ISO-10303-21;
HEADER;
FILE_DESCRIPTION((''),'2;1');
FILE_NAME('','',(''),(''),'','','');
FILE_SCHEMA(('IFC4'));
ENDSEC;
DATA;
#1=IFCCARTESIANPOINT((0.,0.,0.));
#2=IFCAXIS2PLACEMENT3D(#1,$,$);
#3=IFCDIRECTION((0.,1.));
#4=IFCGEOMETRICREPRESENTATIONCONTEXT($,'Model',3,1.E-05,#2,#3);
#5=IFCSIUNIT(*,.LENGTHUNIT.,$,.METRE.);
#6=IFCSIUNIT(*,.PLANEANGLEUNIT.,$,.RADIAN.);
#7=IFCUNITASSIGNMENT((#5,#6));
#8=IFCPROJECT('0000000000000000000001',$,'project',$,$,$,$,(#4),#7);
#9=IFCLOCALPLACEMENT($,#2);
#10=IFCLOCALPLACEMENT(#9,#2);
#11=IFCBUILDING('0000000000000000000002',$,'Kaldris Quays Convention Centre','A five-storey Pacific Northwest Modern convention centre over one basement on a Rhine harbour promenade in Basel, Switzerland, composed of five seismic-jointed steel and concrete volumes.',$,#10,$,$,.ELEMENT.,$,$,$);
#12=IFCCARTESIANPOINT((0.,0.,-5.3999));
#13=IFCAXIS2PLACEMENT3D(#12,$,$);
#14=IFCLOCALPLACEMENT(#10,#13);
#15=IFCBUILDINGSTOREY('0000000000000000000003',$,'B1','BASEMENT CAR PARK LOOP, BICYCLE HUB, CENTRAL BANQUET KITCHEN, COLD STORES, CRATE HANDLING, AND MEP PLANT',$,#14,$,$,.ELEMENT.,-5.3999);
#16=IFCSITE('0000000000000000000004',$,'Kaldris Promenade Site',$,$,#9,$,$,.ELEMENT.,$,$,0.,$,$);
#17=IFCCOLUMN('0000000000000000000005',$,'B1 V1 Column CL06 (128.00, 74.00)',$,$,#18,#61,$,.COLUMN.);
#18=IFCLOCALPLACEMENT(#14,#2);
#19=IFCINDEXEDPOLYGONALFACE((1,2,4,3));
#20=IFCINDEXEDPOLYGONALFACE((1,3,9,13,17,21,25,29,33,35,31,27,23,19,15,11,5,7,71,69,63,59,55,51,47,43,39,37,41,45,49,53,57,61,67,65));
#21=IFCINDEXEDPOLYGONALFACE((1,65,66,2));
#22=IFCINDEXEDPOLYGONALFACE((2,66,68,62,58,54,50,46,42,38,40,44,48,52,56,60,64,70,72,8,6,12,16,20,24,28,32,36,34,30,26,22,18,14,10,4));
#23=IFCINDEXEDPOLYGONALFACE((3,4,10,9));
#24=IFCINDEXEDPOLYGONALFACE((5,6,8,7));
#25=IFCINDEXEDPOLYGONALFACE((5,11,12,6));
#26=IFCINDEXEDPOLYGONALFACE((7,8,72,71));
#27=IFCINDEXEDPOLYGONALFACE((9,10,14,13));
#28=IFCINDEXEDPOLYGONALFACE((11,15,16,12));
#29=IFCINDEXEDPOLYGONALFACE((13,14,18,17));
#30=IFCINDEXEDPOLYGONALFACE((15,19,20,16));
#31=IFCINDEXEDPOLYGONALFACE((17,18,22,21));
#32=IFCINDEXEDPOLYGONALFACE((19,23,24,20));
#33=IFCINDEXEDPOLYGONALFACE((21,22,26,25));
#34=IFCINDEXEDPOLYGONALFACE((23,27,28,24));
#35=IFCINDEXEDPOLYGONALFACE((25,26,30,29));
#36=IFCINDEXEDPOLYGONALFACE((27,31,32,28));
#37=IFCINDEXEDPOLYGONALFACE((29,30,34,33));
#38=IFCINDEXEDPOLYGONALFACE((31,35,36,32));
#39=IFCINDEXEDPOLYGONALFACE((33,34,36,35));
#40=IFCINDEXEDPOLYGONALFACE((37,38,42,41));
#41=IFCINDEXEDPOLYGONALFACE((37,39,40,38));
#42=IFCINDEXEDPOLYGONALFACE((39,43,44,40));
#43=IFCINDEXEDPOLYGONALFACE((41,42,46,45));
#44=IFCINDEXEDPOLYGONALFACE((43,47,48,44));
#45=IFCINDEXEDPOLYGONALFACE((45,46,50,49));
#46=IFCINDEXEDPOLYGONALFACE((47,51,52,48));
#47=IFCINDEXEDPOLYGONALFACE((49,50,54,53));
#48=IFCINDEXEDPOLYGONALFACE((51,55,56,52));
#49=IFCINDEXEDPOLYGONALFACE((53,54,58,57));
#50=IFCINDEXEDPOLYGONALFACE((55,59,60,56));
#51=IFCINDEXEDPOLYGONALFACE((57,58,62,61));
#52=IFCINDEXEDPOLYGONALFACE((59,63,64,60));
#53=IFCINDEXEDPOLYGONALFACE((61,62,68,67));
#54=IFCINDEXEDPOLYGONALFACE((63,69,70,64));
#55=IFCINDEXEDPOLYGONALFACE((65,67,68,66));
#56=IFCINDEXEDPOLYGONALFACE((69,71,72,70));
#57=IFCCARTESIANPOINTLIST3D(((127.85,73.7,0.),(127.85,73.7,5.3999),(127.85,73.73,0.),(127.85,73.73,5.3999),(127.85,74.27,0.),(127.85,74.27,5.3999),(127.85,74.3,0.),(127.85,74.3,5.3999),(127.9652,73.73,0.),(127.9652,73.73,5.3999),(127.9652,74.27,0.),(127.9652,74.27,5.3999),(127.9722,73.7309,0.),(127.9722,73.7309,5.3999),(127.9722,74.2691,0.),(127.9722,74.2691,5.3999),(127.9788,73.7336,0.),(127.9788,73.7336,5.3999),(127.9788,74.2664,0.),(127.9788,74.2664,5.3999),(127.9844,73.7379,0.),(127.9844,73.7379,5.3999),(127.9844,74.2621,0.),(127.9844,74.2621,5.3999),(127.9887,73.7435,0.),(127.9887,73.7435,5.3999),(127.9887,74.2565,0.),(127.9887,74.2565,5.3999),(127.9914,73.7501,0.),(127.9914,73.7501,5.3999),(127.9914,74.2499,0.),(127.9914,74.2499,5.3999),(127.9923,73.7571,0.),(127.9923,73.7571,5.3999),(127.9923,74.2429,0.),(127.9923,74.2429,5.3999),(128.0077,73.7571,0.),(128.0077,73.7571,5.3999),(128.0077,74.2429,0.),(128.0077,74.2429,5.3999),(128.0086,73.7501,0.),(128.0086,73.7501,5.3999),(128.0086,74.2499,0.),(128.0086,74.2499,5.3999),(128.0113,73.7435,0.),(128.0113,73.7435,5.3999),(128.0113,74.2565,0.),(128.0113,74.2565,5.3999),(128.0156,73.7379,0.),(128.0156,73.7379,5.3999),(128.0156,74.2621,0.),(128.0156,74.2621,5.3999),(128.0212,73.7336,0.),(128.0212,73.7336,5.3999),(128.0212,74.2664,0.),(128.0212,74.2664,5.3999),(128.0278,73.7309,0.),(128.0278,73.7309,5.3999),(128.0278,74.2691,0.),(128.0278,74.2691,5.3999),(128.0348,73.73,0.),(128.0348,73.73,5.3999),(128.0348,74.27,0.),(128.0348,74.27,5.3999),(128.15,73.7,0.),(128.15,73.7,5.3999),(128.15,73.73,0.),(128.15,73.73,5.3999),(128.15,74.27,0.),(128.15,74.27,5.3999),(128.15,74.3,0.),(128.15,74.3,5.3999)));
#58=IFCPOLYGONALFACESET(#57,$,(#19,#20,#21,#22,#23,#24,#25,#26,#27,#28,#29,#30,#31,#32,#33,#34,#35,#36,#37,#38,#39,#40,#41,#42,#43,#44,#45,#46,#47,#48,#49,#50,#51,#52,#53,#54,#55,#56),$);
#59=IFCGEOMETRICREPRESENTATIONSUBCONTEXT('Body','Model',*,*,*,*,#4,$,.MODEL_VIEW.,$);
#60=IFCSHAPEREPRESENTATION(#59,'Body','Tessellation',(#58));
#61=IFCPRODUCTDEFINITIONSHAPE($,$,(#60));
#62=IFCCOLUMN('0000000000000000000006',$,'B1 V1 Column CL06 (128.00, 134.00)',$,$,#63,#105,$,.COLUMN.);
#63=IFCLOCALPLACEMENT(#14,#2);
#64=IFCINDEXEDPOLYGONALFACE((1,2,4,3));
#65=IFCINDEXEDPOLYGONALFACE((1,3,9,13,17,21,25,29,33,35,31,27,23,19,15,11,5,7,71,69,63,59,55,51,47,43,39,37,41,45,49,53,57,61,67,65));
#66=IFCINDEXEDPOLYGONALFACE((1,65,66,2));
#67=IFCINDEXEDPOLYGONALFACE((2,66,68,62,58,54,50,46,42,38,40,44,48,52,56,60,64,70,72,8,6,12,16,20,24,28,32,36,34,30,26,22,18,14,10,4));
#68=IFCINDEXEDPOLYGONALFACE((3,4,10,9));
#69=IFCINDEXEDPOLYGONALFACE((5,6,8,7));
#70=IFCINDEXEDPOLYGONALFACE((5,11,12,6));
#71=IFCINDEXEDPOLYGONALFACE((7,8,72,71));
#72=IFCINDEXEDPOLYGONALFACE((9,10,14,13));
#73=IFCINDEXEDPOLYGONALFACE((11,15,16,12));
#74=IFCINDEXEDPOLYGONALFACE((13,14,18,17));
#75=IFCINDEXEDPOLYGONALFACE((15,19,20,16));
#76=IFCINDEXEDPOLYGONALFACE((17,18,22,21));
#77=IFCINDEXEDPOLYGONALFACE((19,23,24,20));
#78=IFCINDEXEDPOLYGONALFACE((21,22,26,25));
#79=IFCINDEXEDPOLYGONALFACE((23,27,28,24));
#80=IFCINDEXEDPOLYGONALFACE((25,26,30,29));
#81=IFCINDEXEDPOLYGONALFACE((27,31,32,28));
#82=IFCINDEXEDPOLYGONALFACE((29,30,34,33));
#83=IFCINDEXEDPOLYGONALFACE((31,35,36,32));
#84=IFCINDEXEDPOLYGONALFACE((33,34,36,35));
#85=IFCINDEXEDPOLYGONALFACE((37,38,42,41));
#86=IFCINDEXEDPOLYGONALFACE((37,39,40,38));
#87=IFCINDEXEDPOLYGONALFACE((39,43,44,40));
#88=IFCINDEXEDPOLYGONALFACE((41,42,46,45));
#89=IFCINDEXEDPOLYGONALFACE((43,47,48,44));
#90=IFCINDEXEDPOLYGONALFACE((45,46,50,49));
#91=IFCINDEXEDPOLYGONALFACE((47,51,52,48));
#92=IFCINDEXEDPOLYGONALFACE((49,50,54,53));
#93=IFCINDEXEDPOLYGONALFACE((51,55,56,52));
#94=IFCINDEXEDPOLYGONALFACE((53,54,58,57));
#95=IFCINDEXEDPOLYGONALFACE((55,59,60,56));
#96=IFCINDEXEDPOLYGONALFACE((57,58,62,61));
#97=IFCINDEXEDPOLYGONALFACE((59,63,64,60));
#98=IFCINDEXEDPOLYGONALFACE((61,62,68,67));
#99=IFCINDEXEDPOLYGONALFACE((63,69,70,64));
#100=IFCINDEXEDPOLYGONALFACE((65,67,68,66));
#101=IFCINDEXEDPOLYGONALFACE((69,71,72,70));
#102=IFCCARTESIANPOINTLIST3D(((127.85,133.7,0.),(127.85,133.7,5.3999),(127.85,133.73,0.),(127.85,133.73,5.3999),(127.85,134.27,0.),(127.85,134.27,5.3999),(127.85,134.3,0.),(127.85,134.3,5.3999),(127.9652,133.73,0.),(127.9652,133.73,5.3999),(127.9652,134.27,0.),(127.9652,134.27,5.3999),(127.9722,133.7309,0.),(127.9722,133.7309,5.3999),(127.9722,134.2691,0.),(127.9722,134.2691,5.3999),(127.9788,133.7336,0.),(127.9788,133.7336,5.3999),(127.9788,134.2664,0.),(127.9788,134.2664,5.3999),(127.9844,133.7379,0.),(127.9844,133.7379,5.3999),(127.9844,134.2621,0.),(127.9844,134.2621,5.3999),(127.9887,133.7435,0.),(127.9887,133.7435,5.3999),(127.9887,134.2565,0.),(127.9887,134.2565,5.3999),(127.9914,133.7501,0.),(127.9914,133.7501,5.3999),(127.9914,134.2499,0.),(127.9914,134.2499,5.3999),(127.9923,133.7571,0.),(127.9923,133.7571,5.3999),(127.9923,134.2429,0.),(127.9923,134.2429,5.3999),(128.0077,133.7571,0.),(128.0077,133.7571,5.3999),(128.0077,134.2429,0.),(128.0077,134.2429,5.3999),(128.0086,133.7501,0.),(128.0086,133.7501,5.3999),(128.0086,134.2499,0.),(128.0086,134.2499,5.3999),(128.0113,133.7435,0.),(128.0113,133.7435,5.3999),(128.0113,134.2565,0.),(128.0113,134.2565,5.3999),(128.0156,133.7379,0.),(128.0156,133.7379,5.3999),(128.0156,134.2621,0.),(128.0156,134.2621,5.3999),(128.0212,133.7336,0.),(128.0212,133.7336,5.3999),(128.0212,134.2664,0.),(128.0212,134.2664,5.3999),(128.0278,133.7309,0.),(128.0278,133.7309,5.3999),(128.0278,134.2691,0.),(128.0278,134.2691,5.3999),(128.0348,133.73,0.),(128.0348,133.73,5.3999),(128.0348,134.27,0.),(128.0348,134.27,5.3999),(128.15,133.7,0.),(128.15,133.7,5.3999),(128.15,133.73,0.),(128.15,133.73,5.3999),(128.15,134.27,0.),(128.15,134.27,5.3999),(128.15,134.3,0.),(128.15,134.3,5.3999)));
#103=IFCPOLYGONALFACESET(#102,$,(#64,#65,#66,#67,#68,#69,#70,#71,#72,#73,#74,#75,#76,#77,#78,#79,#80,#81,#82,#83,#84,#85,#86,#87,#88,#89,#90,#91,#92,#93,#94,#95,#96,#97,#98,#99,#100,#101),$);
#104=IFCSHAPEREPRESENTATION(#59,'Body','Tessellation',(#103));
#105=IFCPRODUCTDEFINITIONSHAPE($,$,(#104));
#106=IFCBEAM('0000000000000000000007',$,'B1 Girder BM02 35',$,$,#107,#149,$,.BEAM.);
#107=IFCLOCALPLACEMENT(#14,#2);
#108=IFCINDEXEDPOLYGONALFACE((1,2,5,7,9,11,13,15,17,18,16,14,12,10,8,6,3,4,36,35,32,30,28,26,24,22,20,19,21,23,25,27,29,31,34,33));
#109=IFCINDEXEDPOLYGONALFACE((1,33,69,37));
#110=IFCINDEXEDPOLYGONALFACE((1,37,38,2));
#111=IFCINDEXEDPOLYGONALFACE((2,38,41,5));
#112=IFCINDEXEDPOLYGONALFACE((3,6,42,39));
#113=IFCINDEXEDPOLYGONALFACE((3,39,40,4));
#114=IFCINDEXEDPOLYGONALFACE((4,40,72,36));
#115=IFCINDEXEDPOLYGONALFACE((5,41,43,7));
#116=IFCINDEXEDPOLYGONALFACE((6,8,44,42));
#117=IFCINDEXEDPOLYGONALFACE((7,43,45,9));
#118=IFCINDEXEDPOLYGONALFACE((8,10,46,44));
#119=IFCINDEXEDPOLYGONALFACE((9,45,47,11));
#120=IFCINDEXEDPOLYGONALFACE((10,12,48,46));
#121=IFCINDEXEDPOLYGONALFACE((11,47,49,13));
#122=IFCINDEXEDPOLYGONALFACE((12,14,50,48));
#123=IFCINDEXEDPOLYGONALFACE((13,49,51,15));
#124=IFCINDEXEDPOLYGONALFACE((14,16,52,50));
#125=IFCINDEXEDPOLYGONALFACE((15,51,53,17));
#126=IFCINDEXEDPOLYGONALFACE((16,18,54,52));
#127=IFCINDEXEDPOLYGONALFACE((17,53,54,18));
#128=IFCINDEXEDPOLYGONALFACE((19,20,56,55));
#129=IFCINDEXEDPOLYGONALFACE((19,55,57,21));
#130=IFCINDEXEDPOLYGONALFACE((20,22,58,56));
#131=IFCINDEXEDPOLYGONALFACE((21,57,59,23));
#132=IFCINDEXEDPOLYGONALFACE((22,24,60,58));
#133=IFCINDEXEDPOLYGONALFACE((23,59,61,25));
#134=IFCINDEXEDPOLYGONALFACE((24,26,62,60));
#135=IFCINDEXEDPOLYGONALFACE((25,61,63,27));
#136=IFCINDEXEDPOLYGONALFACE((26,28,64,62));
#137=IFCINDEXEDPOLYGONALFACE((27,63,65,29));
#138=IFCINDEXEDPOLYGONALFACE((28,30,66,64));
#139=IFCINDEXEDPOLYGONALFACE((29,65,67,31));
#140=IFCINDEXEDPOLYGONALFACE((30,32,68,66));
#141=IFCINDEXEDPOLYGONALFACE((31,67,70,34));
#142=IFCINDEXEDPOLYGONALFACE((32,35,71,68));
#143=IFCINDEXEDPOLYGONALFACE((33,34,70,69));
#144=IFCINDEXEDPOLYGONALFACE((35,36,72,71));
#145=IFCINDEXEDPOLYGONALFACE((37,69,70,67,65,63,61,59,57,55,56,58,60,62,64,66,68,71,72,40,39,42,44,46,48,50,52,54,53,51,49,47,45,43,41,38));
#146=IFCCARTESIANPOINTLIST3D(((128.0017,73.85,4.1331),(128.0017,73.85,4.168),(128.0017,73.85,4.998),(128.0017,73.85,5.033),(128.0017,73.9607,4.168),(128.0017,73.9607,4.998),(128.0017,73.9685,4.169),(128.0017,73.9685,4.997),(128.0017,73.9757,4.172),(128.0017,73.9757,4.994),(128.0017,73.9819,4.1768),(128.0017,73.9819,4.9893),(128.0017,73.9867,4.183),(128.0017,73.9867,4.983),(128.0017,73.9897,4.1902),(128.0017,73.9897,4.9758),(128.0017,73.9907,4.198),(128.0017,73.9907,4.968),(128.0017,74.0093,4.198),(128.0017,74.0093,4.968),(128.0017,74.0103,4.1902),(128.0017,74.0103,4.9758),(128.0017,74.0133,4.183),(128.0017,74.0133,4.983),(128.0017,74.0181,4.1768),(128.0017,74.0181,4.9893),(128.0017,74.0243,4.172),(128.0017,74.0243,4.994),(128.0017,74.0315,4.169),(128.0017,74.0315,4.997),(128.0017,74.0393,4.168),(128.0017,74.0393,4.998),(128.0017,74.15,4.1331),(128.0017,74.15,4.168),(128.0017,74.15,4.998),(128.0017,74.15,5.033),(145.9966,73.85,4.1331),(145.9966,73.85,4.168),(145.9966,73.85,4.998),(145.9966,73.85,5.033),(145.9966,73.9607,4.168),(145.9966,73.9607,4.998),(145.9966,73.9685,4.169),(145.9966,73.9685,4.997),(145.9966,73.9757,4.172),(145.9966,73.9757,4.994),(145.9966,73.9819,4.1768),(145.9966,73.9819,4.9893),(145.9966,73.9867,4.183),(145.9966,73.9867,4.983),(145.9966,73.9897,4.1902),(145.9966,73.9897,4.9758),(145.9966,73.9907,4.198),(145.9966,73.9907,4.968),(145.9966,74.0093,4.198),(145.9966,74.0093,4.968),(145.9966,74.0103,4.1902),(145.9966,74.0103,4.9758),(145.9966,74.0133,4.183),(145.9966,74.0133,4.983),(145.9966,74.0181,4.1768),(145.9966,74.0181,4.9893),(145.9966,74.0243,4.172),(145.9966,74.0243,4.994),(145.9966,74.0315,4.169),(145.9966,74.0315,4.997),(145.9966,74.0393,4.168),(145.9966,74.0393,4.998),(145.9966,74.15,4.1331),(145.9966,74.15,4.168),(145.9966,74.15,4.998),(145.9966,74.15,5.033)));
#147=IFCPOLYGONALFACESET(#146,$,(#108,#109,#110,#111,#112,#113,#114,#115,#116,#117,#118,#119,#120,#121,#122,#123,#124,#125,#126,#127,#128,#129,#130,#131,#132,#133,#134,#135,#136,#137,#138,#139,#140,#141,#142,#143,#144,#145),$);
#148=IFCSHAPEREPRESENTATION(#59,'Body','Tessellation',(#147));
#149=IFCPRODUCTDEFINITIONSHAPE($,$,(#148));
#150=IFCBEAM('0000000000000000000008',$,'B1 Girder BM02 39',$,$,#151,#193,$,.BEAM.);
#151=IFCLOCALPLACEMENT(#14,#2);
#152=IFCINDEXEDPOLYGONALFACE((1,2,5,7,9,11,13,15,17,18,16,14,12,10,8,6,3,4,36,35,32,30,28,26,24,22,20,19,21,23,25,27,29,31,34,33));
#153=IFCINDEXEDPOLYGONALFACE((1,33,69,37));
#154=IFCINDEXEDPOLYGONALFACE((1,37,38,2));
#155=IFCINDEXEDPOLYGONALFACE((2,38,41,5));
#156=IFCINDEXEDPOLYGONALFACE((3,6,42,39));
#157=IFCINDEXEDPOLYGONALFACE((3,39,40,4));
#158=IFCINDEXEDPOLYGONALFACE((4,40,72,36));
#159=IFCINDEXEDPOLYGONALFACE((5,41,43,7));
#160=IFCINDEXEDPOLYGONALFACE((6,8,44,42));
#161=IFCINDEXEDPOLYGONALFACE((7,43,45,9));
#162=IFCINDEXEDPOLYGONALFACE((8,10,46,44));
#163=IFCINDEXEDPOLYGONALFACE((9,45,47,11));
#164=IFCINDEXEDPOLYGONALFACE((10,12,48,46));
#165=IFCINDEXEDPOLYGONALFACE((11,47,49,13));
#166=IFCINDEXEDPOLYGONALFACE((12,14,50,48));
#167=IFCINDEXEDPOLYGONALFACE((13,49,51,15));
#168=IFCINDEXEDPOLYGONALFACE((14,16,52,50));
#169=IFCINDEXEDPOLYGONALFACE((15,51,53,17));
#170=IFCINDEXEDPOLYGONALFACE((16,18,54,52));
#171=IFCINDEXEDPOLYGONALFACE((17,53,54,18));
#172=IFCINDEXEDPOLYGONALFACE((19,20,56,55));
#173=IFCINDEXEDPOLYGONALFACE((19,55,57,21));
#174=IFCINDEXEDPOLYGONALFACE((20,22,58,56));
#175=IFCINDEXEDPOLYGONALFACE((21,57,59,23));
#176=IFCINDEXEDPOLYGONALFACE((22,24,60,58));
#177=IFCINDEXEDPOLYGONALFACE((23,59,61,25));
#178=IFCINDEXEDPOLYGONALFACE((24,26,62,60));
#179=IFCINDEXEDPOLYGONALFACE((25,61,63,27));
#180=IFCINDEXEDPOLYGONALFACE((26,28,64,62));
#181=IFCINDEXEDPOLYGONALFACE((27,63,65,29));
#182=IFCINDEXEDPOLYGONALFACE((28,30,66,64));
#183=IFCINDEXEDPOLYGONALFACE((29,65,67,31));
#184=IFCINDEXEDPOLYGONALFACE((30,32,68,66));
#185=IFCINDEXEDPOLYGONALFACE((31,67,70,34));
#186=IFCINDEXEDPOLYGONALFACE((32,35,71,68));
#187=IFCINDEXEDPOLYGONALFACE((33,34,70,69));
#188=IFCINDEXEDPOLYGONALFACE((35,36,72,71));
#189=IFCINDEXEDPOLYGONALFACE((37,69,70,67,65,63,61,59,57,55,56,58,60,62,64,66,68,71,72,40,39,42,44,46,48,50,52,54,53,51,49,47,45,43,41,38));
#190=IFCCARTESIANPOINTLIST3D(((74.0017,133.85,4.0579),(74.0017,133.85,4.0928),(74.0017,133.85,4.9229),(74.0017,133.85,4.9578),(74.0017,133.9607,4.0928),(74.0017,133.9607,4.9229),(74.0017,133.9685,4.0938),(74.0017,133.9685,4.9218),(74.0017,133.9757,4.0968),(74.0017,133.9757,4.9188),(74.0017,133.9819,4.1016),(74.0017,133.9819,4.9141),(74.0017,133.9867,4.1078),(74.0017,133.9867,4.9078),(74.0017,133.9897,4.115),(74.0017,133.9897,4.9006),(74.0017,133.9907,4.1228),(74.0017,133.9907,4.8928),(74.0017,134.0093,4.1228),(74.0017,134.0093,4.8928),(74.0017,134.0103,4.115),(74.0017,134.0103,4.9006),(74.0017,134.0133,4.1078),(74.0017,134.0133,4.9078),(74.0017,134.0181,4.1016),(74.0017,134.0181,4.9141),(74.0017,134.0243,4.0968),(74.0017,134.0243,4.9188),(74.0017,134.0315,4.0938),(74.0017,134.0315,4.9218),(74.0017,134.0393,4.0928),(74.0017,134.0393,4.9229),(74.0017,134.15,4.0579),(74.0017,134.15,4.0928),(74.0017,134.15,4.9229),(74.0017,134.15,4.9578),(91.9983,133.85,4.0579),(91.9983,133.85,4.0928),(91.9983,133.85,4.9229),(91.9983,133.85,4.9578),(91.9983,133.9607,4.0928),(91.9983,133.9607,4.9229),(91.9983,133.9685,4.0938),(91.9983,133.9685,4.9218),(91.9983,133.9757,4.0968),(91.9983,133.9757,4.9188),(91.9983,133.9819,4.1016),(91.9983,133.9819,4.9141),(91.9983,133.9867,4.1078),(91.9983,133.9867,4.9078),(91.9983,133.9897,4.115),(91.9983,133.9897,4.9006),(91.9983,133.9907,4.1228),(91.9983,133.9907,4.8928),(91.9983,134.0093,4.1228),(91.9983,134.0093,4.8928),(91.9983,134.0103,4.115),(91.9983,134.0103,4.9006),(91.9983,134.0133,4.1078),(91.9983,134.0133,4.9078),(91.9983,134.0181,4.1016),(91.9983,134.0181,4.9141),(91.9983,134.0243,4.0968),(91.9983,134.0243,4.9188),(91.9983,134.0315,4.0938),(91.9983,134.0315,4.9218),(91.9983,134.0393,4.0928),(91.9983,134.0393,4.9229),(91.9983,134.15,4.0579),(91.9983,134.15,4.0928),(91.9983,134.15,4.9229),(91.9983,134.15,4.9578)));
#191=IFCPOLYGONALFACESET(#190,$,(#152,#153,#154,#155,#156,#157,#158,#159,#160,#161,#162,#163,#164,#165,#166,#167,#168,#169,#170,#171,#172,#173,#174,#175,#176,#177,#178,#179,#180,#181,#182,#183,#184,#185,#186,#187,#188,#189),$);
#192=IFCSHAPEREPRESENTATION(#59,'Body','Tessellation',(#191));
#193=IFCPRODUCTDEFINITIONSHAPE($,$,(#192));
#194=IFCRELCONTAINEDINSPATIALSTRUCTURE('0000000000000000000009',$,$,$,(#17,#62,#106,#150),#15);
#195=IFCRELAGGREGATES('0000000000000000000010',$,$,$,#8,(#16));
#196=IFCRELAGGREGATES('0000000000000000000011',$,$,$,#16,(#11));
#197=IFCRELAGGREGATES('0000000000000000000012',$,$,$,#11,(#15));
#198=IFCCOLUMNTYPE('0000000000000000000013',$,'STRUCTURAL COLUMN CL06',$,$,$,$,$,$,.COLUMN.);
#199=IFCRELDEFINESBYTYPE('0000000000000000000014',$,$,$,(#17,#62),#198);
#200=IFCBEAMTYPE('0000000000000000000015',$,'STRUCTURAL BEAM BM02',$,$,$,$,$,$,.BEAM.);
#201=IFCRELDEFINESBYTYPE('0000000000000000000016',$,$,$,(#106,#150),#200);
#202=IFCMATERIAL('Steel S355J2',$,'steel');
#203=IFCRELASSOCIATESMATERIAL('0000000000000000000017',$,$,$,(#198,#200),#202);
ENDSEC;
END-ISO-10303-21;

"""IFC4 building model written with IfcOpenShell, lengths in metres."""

from ifc_helpers import new_model, si_unit, direction, frame, origin, origin_2d, place, context, subcontext, project, spatial, i_section, extrude, material, material_profile, profile_set, type_object, element, save


model = new_model("IFC4")

# Units and contexts
model_context = context("Model", 3, precision=1e-05, world=origin(), true_north=direction((0.0, 1.0)))
body_context = subcontext(model_context, "Body", "Model", "MODEL_VIEW")
ifc_project = project(units=[si_unit("LENGTHUNIT", "METRE"), si_unit("PLANEANGLEUNIT", "RADIAN")], contexts=[model_context])

# Site, building, storey
site_placement = place(None, origin())
site = spatial("IfcSite", under=ifc_project, at=site_placement, Name="Kaldris Promenade Site", CompositionType="ELEMENT", RefElevation=0.0)
building_placement = place(site_placement, origin())
building = spatial("IfcBuilding", under=site, at=building_placement, Name="Kaldris Quays Convention Centre", Description="A five-storey Pacific Northwest Modern convention centre over one basement on a Rhine harbour promenade in Basel, Switzerland, composed of five seismic-jointed steel and concrete volumes.", CompositionType="ELEMENT")
storey_placement = place(building_placement, frame((0.0, 0.0, -5.3999)))
storey = spatial("IfcBuildingStorey", under=building, at=storey_placement, Name="B1", Description="BASEMENT CAR PARK LOOP, BICYCLE HUB, CENTRAL BANQUET KITCHEN, COLD STORES, CRATE HANDLING, AND MEP PLANT", CompositionType="ELEMENT", Elevation=-5.3999)

# Columns
ifc_material_1 = material(Name="Steel S355J2", Category="steel")
ifc_material_profile_1 = material_profile(ifc_material_1, i_section(OverallWidth=0.3, OverallDepth=0.6001, WebThickness=0.0154, FlangeThickness=0.03, FilletRadius=0.0271, at=origin_2d()), Name="HEB 600")
ifc_profile_set_1 = profile_set([ifc_material_profile_1], Name="Steel S355J2")
column_type = type_object("IfcColumnType", Name="STRUCTURAL COLUMN CL06", PredefinedType="COLUMN", material=ifc_profile_set_1)
for number, where, z_axis, x_axis, name in (
    (1, (128.0, 74.0, 0.0), (0.0, 0.0, 1.0), (1.0, 0.0, 0.0), "B1 V1 Column CL06 (128.00, 74.00)"),
    (2, (128.0, 134.0, 0.0), (0.0, 0.0, 1.0), (1.0, 0.0, 0.0), "B1 V1 Column CL06 (128.00, 134.00)"),
):
    element("IfcColumn", number, at=place(storey_placement, frame(where, z_axis=z_axis, x_axis=x_axis)), inside=storey, type_object=column_type, Name=name, PredefinedType="COLUMN", context=body_context, shape_type="SweptSolid", body=[
        extrude(i_section(OverallWidth=0.3, OverallDepth=0.6001, WebThickness=0.0154, FlangeThickness=0.03, FilletRadius=0.0271, at=origin_2d()), origin(), (0.0, 0.0, 1.0), 5.3999),
    ])

# Beams
ifc_material_profile_2 = material_profile(ifc_material_1, i_section(OverallWidth=0.3, OverallDepth=0.8999, WebThickness=0.0186, FlangeThickness=0.0349, FilletRadius=0.03, at=origin_2d()), Name="HEB 900")
ifc_profile_set_2 = profile_set([ifc_material_profile_2], Name="Steel S355J2")
beam_type_1 = type_object("IfcBeamType", Name="STRUCTURAL BEAM BM02", PredefinedType="BEAM", material=ifc_profile_set_2)
beam_1_placement = place(storey_placement, frame((128.0017, 74.0, 4.583), z_axis=(1.0, 0.0, 0.0), x_axis=(0.0, 1.0, 0.0)))
element("IfcBeam", 3, at=beam_1_placement, inside=storey, type_object=beam_type_1, Name="B1 Girder BM02 35", PredefinedType="BEAM", context=body_context, shape_type="SweptSolid", body=[
    extrude(i_section(OverallWidth=0.3, OverallDepth=0.8999, WebThickness=0.0186, FlangeThickness=0.0349, FilletRadius=0.03, at=origin_2d()), origin(), (0.0, 0.0, 1.0), 17.9949),
])
for number, where, z_axis, x_axis, name in (
    (4, (74.0017, 134.0, 4.5078), (1.0, 0.0, 0.0), (0.0, 1.0, 0.0), "B1 Girder BM02 39"),
):
    element("IfcBeam", number, at=place(storey_placement, frame(where, z_axis=z_axis, x_axis=x_axis)), inside=storey, type_object=beam_type_1, Name=name, PredefinedType="BEAM", context=body_context, shape_type="SweptSolid", body=[
        extrude(i_section(OverallWidth=0.3, OverallDepth=0.8999, WebThickness=0.0186, FlangeThickness=0.0349, FilletRadius=0.03, at=origin_2d()), origin(), (0.0, 0.0, 1.0), 17.9966),
    ])

save(model, "model.ifc")
